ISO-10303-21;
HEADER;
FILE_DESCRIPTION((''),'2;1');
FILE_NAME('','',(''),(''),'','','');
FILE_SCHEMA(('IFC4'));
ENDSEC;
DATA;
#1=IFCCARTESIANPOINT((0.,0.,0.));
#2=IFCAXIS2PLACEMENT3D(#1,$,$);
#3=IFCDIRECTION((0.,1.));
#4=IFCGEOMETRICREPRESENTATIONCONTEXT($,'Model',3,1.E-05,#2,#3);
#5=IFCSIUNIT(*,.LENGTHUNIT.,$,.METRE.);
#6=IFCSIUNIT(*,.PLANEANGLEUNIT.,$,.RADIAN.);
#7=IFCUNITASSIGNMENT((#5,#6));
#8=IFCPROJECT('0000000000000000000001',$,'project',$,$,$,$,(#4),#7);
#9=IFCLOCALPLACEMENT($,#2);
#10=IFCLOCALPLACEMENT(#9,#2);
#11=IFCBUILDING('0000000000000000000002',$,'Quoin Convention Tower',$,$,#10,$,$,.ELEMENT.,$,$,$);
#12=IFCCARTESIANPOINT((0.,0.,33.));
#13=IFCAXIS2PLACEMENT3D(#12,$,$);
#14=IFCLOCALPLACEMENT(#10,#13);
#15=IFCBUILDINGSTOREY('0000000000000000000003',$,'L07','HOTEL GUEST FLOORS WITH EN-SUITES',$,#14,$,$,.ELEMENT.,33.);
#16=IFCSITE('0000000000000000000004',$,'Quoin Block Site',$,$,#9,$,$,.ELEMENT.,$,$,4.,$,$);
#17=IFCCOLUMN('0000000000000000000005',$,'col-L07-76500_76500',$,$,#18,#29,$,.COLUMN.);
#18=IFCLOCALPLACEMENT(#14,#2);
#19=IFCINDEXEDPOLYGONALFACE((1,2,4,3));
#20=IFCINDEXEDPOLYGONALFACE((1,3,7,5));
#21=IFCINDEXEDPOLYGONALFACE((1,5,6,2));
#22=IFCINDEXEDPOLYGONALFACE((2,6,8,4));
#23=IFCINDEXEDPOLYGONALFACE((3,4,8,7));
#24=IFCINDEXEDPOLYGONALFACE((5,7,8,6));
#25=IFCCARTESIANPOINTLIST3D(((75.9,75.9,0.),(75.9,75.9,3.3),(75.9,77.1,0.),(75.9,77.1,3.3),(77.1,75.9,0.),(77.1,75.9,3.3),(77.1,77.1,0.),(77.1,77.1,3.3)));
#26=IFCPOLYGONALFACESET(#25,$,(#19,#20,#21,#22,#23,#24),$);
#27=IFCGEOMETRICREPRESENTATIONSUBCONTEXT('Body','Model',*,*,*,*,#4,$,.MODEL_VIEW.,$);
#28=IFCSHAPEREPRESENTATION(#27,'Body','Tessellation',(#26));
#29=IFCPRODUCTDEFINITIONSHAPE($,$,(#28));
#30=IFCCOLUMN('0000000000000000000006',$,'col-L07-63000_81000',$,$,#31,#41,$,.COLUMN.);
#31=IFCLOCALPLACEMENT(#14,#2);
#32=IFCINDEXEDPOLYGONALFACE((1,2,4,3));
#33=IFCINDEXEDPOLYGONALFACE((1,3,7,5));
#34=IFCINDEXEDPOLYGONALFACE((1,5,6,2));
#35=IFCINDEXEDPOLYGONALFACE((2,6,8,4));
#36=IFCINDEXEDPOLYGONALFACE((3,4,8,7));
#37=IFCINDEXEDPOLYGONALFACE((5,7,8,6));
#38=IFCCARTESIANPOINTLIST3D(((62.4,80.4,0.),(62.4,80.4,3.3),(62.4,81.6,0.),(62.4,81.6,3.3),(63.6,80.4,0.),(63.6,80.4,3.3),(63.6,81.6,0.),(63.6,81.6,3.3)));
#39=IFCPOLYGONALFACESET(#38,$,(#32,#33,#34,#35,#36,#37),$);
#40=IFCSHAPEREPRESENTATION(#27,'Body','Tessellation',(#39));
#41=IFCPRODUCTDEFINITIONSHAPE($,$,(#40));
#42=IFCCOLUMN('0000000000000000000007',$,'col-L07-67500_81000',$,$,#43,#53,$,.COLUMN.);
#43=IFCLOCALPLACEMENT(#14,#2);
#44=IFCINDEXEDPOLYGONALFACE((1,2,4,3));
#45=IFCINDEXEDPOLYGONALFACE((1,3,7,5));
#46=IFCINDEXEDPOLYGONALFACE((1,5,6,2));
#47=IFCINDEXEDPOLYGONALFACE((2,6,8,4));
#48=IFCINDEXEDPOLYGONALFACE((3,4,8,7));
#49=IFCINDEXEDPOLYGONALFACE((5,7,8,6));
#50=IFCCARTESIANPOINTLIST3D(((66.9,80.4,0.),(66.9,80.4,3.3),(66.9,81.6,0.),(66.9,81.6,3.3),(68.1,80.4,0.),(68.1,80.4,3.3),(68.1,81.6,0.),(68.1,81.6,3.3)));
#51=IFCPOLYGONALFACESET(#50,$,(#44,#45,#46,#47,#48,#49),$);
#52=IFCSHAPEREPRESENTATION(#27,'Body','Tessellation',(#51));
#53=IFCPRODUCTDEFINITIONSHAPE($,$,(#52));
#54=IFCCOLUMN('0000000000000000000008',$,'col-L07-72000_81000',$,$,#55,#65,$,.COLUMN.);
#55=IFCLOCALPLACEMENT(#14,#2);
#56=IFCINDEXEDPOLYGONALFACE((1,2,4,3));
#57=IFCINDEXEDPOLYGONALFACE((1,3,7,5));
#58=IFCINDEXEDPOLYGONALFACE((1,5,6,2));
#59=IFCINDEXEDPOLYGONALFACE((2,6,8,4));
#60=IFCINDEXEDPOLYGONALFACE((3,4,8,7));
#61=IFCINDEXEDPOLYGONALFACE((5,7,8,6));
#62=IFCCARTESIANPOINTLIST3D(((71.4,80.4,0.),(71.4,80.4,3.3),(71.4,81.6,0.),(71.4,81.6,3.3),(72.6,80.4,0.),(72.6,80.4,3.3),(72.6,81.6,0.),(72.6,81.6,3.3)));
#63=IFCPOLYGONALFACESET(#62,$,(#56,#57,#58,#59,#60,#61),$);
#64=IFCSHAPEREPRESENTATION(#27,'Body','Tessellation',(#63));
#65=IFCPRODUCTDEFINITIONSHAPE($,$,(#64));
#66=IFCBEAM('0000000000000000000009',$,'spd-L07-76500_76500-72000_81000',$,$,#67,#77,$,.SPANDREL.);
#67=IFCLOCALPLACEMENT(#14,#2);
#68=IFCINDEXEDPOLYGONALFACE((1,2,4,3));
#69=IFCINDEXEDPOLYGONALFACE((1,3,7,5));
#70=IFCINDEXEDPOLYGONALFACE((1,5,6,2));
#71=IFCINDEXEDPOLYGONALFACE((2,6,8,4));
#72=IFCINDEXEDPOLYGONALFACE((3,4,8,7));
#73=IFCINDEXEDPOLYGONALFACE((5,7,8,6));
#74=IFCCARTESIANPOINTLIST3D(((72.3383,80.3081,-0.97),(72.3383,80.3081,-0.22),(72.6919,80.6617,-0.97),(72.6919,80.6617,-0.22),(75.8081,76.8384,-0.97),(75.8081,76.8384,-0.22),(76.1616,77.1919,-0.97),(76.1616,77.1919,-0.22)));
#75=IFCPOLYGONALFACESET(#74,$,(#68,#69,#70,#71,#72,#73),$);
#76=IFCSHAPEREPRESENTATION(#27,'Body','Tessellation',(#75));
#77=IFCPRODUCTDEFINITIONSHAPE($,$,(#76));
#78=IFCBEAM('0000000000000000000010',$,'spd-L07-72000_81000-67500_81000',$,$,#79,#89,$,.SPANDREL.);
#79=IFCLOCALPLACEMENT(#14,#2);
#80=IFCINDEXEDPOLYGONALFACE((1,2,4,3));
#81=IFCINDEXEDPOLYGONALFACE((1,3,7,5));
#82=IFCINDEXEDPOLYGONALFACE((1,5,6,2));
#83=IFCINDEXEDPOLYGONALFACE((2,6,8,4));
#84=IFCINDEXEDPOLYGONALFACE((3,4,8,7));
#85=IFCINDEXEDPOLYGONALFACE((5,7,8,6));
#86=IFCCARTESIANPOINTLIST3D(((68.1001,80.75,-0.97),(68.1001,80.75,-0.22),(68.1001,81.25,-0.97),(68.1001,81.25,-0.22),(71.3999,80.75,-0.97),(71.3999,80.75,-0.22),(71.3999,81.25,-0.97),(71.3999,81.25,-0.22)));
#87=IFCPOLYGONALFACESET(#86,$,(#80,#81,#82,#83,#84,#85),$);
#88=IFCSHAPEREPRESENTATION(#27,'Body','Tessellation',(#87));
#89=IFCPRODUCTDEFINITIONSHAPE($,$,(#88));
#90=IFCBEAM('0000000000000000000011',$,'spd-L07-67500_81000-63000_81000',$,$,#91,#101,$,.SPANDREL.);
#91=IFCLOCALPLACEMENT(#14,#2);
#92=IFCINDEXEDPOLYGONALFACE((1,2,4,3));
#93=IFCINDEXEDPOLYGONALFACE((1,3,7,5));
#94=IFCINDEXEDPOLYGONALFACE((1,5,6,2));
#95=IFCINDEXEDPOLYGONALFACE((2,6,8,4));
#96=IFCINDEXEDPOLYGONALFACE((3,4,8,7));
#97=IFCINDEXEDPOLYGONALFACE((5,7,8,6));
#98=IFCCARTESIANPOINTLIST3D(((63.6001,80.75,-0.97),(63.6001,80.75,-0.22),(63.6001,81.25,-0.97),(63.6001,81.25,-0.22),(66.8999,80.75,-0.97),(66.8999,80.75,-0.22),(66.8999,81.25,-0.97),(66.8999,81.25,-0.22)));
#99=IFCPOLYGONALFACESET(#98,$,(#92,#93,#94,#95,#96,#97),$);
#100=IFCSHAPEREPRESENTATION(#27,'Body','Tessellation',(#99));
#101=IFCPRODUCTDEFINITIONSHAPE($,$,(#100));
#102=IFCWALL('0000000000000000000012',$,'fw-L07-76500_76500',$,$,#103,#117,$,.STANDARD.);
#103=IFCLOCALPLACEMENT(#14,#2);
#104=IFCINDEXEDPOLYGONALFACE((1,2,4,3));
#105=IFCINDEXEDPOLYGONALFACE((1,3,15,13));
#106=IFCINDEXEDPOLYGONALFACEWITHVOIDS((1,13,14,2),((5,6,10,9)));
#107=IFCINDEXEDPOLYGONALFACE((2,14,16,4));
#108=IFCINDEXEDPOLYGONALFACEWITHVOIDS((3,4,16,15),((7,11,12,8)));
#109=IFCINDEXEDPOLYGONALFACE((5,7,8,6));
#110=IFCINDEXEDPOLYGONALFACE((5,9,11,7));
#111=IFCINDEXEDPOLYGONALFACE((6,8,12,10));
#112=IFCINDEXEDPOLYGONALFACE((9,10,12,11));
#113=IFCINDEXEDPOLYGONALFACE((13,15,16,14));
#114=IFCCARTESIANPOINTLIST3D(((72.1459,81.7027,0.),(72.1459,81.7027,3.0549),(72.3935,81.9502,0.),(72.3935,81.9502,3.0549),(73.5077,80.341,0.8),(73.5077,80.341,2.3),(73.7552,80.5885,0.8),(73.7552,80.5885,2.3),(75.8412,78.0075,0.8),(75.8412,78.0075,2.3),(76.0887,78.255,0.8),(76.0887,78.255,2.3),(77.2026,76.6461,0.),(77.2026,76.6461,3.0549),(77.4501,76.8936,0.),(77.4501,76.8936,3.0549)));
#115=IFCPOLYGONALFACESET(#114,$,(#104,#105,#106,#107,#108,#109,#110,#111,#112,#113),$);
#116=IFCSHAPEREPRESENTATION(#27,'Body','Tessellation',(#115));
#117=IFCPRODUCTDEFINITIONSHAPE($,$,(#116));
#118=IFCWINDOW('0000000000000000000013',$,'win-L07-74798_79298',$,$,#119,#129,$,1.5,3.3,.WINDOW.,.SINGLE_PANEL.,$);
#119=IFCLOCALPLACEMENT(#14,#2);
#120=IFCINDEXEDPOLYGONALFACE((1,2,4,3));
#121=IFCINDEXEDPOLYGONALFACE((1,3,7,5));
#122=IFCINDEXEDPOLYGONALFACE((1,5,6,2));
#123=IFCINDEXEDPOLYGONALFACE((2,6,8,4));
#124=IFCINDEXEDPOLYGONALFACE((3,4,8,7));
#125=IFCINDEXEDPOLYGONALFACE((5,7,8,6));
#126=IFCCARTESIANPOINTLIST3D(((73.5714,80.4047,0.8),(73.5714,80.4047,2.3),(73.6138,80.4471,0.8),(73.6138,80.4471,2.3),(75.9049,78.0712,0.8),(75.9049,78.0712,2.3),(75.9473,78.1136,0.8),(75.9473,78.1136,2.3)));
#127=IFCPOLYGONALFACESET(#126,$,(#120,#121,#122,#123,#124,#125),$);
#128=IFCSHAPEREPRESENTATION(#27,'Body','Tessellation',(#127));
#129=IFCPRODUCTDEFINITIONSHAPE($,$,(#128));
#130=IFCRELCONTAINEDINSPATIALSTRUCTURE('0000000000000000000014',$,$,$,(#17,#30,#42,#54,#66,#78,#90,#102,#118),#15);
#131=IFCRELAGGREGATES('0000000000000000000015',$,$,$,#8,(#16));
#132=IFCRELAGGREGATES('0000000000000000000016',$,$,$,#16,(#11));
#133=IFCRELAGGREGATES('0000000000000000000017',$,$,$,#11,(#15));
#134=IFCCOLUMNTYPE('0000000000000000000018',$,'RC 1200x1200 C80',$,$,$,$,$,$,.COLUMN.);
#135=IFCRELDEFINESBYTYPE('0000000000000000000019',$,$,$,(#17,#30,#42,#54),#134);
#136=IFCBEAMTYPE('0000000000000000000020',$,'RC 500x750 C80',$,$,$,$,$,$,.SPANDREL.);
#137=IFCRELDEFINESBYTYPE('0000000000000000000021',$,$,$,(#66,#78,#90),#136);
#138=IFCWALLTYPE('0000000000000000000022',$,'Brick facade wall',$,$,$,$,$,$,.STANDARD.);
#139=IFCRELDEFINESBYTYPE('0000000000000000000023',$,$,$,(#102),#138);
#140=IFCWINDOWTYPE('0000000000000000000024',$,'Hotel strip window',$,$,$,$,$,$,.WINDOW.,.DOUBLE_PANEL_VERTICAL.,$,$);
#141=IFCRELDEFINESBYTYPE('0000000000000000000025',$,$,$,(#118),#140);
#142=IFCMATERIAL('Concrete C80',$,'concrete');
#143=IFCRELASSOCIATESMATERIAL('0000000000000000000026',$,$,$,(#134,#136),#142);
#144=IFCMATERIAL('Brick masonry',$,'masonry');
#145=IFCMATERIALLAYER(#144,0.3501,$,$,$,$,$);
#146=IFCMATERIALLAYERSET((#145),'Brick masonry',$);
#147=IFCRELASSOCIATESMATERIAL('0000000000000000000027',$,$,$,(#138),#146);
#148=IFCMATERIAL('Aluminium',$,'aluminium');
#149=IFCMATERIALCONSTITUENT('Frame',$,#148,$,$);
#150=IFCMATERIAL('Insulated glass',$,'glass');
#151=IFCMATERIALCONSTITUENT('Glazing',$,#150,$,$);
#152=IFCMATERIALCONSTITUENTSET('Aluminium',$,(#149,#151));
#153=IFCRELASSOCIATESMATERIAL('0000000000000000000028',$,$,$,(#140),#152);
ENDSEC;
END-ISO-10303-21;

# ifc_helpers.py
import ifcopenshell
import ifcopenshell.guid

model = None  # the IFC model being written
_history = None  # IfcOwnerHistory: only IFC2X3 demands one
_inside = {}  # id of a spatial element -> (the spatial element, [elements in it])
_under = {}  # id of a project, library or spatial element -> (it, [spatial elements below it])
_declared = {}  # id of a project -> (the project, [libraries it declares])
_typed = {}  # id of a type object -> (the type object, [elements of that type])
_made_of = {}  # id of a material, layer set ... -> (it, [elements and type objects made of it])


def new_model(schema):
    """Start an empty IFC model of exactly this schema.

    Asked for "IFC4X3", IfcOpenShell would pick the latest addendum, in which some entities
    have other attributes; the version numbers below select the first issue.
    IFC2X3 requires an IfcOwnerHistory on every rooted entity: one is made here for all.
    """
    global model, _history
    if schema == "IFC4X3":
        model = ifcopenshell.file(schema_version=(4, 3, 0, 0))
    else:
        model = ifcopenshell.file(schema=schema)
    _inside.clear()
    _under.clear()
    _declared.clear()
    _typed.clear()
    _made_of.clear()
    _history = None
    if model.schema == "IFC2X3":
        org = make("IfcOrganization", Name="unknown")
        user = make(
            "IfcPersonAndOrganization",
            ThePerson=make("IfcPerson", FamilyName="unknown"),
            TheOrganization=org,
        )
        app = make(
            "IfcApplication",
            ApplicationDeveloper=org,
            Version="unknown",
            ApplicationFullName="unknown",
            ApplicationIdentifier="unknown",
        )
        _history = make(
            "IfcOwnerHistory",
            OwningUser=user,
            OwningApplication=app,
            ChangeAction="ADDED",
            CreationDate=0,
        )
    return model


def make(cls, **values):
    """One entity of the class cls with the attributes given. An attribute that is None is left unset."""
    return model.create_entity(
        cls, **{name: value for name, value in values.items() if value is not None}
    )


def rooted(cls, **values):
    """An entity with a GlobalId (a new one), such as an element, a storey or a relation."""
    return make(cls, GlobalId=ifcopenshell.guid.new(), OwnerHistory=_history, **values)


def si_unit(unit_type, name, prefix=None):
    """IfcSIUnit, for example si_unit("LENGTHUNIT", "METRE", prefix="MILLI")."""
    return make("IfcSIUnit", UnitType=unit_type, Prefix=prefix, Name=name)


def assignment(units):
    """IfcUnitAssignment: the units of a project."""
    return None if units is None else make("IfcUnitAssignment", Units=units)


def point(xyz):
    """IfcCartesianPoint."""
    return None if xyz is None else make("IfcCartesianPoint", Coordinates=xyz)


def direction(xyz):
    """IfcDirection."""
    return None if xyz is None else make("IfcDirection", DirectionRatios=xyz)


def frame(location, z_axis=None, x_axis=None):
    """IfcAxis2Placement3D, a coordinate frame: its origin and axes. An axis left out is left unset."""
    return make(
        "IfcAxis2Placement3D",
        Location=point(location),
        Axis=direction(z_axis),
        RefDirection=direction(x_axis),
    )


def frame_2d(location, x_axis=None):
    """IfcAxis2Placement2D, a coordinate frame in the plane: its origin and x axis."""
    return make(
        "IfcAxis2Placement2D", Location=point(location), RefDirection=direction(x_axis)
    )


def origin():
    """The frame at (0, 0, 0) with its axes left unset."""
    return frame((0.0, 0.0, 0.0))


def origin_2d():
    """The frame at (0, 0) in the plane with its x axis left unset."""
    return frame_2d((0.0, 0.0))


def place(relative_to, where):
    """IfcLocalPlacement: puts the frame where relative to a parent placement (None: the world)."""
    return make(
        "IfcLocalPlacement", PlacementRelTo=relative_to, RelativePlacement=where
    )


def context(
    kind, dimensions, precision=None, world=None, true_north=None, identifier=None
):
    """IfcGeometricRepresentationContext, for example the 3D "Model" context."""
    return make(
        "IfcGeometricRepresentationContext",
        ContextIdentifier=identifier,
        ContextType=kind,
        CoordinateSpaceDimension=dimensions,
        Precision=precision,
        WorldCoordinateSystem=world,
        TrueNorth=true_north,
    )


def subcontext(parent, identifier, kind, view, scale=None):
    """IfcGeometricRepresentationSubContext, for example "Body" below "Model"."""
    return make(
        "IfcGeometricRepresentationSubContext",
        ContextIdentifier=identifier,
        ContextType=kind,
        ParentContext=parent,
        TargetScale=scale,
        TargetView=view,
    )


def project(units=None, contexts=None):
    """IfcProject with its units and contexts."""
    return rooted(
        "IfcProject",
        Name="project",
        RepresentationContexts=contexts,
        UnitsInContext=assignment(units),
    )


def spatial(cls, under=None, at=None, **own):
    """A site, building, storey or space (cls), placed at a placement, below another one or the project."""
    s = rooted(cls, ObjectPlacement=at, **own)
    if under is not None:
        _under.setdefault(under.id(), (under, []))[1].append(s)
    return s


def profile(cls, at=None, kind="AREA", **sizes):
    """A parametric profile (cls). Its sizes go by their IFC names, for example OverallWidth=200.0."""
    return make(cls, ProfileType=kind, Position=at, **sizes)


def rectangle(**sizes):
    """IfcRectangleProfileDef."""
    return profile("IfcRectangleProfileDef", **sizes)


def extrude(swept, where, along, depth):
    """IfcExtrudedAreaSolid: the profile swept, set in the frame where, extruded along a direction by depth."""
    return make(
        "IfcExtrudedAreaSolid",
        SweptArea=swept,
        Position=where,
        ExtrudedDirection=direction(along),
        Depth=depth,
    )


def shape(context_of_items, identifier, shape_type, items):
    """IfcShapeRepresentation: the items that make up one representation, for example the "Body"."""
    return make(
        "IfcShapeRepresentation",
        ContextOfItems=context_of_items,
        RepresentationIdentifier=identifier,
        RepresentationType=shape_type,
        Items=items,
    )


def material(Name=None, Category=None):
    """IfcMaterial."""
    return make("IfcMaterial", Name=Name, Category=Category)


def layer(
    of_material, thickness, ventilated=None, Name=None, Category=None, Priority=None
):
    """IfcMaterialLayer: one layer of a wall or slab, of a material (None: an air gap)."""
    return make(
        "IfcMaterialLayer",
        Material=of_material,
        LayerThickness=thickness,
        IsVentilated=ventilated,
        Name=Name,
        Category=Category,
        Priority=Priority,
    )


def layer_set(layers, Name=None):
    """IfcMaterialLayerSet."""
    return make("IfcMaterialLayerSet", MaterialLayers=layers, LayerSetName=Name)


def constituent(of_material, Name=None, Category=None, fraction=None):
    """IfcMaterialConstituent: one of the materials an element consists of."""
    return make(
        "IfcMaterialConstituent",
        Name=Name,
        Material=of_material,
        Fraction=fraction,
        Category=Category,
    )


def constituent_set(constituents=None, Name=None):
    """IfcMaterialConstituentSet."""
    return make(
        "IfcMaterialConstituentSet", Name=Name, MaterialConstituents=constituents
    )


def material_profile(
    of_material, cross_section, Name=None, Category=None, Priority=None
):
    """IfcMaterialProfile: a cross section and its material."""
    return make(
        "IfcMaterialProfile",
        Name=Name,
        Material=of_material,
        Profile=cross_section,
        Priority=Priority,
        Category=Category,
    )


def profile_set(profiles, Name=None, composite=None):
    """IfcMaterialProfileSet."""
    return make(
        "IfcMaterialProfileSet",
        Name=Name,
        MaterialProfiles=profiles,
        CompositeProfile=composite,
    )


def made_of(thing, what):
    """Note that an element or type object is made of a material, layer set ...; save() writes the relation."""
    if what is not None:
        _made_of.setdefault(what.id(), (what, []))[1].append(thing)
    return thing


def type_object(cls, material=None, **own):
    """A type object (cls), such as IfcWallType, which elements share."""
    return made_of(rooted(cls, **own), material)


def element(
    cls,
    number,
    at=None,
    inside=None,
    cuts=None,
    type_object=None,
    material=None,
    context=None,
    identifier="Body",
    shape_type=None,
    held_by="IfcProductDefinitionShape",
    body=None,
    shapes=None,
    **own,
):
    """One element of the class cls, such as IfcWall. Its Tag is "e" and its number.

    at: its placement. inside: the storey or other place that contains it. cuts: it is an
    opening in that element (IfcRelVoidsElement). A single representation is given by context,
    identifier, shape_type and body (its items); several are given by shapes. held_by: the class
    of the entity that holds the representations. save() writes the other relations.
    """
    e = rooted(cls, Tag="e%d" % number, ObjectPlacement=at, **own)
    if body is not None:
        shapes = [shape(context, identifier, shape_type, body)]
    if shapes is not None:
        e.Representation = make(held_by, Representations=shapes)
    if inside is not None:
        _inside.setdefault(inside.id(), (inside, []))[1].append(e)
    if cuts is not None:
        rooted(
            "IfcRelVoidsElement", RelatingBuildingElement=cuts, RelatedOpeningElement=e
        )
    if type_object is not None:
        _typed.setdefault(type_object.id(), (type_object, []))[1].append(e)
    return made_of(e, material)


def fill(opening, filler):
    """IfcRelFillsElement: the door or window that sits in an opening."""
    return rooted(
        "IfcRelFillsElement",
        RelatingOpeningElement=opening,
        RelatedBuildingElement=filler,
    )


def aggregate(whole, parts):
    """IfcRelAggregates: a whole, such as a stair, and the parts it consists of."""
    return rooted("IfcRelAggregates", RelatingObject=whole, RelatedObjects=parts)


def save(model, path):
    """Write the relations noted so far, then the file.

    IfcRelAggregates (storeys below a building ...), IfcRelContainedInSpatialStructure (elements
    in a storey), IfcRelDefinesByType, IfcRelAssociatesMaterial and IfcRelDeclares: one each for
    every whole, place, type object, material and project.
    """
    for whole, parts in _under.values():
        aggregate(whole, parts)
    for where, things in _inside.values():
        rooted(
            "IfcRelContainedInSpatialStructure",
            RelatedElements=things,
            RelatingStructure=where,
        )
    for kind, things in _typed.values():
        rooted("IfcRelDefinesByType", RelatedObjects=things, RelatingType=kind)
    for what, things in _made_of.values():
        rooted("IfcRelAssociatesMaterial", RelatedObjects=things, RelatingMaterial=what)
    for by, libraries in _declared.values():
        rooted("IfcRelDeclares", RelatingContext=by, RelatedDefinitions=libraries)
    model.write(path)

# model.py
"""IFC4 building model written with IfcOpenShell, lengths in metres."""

from ifc_helpers import new_model, si_unit, direction, frame, frame_2d, origin, origin_2d, place, context, subcontext, project, spatial, rectangle, extrude, material, layer, layer_set, constituent, constituent_set, material_profile, profile_set, type_object, element, fill, save


model = new_model("IFC4")

# Units and contexts
model_context = context("Model", 3, precision=1e-05, world=origin(), true_north=direction((0.0, 1.0)))
body_context = subcontext(model_context, "Body", "Model", "MODEL_VIEW")
ifc_project = project(units=[si_unit("LENGTHUNIT", "METRE"), si_unit("PLANEANGLEUNIT", "RADIAN")], contexts=[model_context])

# Site, building, storey
site_placement = place(None, origin())
site = spatial("IfcSite", under=ifc_project, at=site_placement, Name="Quoin Block Site", CompositionType="ELEMENT", RefElevation=4.0)
building_placement = place(site_placement, origin())
building = spatial("IfcBuilding", under=site, at=building_placement, Name="Quoin Convention Tower", CompositionType="ELEMENT")
storey_placement = place(building_placement, frame((0.0, 0.0, 33.0)))
storey = spatial("IfcBuildingStorey", under=building, at=storey_placement, Name="L07", Description="HOTEL GUEST FLOORS WITH EN-SUITES", CompositionType="ELEMENT", Elevation=33.0)

# Columns
ifc_material_1 = material(Name="Concrete C80", Category="concrete")
ifc_material_profile_1 = material_profile(ifc_material_1, rectangle(XDim=1.2, YDim=1.2, at=origin_2d()), Name="RC 1200x1200")
ifc_profile_set_1 = profile_set([ifc_material_profile_1], Name="Concrete C80")
column_type = type_object("IfcColumnType", Name="RC 1200x1200 C80", PredefinedType="COLUMN", material=ifc_profile_set_1)
for number, where, z_axis, x_axis, name in (
    (1, (76.5, 76.5, 0.0), (0.0, 0.0, 1.0), (1.0, 0.0, 0.0), "col-L07-76500_76500"),
    (2, (63.0, 81.0, 0.0), (0.0, 0.0, 1.0), (1.0, 0.0, 0.0), "col-L07-63000_81000"),
    (3, (67.5, 81.0, 0.0), (0.0, 0.0, 1.0), (1.0, 0.0, 0.0), "col-L07-67500_81000"),
    (4, (72.0, 81.0, 0.0), (0.0, 0.0, 1.0), (1.0, 0.0, 0.0), "col-L07-72000_81000"),
):
    element("IfcColumn", number, at=place(storey_placement, frame(where, z_axis=z_axis, x_axis=x_axis)), inside=storey, type_object=column_type, Name=name, PredefinedType="COLUMN", context=body_context, shape_type="SweptSolid", body=[
        extrude(rectangle(XDim=1.2, YDim=1.2, at=origin_2d()), origin(), (0.0, 0.0, 1.0), 3.3),
    ])

# Beams
ifc_material_profile_2 = material_profile(ifc_material_1, rectangle(XDim=0.5, YDim=0.75, at=origin_2d()), Name="RC 500x750")
ifc_profile_set_2 = profile_set([ifc_material_profile_2], Name="Concrete C80")
beam_type = type_object("IfcBeamType", Name="RC 500x750 C80", PredefinedType="SPANDREL", material=ifc_profile_set_2)
beam_placement = place(storey_placement, frame((75.9849, 77.0151, -0.595), z_axis=(-0.707107, 0.707107, 0.0), x_axis=(-0.707107, -0.707107, 0.0)))
element("IfcBeam", 5, at=beam_placement, inside=storey, type_object=beam_type, Name="spd-L07-76500_76500-72000_81000", PredefinedType="SPANDREL", context=body_context, shape_type="SweptSolid", body=[
    extrude(rectangle(XDim=0.5, YDim=0.75, at=origin_2d()), origin(), (0.0, 0.0, 1.0), 4.907),
])
for number, where, z_axis, x_axis, name in (
    (6, (71.3999, 81.0, -0.595), (-1.0, 0.0, 0.0), (0.0, -1.0, 0.0), "spd-L07-72000_81000-67500_81000"),
    (7, (66.8999, 81.0, -0.595), (-1.0, 0.0, 0.0), (0.0, -1.0, 0.0), "spd-L07-67500_81000-63000_81000"),
):
    element("IfcBeam", number, at=place(storey_placement, frame(where, z_axis=z_axis, x_axis=x_axis)), inside=storey, type_object=beam_type, Name=name, PredefinedType="SPANDREL", context=body_context, shape_type="SweptSolid", body=[
        extrude(rectangle(XDim=0.5, YDim=0.75, at=origin_2d()), origin(), (0.0, 0.0, 1.0), 3.2998),
    ])

# Wall, opening, window
ifc_material_2 = material(Name="Brick masonry", Category="masonry")
ifc_layer_1 = layer(ifc_material_2, 0.3501)
ifc_layer_set_1 = layer_set([ifc_layer_1], Name="Brick masonry")
wall_type_1 = type_object("IfcWallType", Name="Brick facade wall", PredefinedType="STANDARD", material=ifc_layer_set_1)
wall_1_placement = place(storey_placement, frame((77.3264, 76.7698, 0.0), z_axis=(0.0, 0.0, 1.0), x_axis=(-0.707107, 0.707107, 0.0)))
wall_1 = element("IfcWall", 8, at=wall_1_placement, inside=storey, type_object=wall_type_1, Name="fw-L07-76500_76500", PredefinedType="STANDARD", context=body_context, shape_type="SweptSolid", body=[
    extrude(rectangle(XDim=7.1511, YDim=0.3501, at=frame_2d((3.5757, 0.0))), origin(), (0.0, 0.0, 1.0), 3.0549),
])
opening_1_placement = place(wall_1_placement, frame((1.9255, 0.0, 0.8)))
opening_1 = element("IfcOpeningElement", 9, at=opening_1_placement, cuts=wall_1, PredefinedType="OPENING", context=body_context, shape_type="SweptSolid", body=[
    extrude(rectangle(XDim=3.3, YDim=1.5, at=frame_2d((1.6499, 0.75))), frame((0.0, 0.1851, 0.0), z_axis=(0.0, -1.0, 0.0), x_axis=(1.0, 0.0, 0.0)), (0.0, 0.0, 1.0), 0.3701),
])
ifc_material_3 = material(Name="Aluminium", Category="aluminium")
ifc_constituent_1 = constituent(ifc_material_3, Name="Frame")
ifc_material_4 = material(Name="Insulated glass", Category="glass")
ifc_constituent_2 = constituent(ifc_material_4, Name="Glazing")
ifc_constituent_set = constituent_set(constituents=[ifc_constituent_1, ifc_constituent_2], Name="Aluminium")
window_type = type_object("IfcWindowType", Name="Hotel strip window", PartitioningType="DOUBLE_PANEL_VERTICAL", PredefinedType="WINDOW", material=ifc_constituent_set)
window_1_placement = place(opening_1_placement, origin())
window_1 = element("IfcWindow", 10, at=window_1_placement, inside=storey, type_object=window_type, Name="win-L07-74798_79298", OverallHeight=1.5, OverallWidth=3.3, PartitioningType="SINGLE_PANEL", PredefinedType="WINDOW", context=body_context, shape_type="SweptSolid", body=[
    extrude(rectangle(XDim=3.3, YDim=1.5, at=frame_2d((1.6499, 0.75))), frame((0.0, 0.085, 0.0), z_axis=(0.0, -1.0, 0.0), x_axis=(1.0, 0.0, 0.0)), (0.0, 0.0, 1.0), 0.0601),
])
fill(opening_1, window_1)

save(model, "model.ifc")
